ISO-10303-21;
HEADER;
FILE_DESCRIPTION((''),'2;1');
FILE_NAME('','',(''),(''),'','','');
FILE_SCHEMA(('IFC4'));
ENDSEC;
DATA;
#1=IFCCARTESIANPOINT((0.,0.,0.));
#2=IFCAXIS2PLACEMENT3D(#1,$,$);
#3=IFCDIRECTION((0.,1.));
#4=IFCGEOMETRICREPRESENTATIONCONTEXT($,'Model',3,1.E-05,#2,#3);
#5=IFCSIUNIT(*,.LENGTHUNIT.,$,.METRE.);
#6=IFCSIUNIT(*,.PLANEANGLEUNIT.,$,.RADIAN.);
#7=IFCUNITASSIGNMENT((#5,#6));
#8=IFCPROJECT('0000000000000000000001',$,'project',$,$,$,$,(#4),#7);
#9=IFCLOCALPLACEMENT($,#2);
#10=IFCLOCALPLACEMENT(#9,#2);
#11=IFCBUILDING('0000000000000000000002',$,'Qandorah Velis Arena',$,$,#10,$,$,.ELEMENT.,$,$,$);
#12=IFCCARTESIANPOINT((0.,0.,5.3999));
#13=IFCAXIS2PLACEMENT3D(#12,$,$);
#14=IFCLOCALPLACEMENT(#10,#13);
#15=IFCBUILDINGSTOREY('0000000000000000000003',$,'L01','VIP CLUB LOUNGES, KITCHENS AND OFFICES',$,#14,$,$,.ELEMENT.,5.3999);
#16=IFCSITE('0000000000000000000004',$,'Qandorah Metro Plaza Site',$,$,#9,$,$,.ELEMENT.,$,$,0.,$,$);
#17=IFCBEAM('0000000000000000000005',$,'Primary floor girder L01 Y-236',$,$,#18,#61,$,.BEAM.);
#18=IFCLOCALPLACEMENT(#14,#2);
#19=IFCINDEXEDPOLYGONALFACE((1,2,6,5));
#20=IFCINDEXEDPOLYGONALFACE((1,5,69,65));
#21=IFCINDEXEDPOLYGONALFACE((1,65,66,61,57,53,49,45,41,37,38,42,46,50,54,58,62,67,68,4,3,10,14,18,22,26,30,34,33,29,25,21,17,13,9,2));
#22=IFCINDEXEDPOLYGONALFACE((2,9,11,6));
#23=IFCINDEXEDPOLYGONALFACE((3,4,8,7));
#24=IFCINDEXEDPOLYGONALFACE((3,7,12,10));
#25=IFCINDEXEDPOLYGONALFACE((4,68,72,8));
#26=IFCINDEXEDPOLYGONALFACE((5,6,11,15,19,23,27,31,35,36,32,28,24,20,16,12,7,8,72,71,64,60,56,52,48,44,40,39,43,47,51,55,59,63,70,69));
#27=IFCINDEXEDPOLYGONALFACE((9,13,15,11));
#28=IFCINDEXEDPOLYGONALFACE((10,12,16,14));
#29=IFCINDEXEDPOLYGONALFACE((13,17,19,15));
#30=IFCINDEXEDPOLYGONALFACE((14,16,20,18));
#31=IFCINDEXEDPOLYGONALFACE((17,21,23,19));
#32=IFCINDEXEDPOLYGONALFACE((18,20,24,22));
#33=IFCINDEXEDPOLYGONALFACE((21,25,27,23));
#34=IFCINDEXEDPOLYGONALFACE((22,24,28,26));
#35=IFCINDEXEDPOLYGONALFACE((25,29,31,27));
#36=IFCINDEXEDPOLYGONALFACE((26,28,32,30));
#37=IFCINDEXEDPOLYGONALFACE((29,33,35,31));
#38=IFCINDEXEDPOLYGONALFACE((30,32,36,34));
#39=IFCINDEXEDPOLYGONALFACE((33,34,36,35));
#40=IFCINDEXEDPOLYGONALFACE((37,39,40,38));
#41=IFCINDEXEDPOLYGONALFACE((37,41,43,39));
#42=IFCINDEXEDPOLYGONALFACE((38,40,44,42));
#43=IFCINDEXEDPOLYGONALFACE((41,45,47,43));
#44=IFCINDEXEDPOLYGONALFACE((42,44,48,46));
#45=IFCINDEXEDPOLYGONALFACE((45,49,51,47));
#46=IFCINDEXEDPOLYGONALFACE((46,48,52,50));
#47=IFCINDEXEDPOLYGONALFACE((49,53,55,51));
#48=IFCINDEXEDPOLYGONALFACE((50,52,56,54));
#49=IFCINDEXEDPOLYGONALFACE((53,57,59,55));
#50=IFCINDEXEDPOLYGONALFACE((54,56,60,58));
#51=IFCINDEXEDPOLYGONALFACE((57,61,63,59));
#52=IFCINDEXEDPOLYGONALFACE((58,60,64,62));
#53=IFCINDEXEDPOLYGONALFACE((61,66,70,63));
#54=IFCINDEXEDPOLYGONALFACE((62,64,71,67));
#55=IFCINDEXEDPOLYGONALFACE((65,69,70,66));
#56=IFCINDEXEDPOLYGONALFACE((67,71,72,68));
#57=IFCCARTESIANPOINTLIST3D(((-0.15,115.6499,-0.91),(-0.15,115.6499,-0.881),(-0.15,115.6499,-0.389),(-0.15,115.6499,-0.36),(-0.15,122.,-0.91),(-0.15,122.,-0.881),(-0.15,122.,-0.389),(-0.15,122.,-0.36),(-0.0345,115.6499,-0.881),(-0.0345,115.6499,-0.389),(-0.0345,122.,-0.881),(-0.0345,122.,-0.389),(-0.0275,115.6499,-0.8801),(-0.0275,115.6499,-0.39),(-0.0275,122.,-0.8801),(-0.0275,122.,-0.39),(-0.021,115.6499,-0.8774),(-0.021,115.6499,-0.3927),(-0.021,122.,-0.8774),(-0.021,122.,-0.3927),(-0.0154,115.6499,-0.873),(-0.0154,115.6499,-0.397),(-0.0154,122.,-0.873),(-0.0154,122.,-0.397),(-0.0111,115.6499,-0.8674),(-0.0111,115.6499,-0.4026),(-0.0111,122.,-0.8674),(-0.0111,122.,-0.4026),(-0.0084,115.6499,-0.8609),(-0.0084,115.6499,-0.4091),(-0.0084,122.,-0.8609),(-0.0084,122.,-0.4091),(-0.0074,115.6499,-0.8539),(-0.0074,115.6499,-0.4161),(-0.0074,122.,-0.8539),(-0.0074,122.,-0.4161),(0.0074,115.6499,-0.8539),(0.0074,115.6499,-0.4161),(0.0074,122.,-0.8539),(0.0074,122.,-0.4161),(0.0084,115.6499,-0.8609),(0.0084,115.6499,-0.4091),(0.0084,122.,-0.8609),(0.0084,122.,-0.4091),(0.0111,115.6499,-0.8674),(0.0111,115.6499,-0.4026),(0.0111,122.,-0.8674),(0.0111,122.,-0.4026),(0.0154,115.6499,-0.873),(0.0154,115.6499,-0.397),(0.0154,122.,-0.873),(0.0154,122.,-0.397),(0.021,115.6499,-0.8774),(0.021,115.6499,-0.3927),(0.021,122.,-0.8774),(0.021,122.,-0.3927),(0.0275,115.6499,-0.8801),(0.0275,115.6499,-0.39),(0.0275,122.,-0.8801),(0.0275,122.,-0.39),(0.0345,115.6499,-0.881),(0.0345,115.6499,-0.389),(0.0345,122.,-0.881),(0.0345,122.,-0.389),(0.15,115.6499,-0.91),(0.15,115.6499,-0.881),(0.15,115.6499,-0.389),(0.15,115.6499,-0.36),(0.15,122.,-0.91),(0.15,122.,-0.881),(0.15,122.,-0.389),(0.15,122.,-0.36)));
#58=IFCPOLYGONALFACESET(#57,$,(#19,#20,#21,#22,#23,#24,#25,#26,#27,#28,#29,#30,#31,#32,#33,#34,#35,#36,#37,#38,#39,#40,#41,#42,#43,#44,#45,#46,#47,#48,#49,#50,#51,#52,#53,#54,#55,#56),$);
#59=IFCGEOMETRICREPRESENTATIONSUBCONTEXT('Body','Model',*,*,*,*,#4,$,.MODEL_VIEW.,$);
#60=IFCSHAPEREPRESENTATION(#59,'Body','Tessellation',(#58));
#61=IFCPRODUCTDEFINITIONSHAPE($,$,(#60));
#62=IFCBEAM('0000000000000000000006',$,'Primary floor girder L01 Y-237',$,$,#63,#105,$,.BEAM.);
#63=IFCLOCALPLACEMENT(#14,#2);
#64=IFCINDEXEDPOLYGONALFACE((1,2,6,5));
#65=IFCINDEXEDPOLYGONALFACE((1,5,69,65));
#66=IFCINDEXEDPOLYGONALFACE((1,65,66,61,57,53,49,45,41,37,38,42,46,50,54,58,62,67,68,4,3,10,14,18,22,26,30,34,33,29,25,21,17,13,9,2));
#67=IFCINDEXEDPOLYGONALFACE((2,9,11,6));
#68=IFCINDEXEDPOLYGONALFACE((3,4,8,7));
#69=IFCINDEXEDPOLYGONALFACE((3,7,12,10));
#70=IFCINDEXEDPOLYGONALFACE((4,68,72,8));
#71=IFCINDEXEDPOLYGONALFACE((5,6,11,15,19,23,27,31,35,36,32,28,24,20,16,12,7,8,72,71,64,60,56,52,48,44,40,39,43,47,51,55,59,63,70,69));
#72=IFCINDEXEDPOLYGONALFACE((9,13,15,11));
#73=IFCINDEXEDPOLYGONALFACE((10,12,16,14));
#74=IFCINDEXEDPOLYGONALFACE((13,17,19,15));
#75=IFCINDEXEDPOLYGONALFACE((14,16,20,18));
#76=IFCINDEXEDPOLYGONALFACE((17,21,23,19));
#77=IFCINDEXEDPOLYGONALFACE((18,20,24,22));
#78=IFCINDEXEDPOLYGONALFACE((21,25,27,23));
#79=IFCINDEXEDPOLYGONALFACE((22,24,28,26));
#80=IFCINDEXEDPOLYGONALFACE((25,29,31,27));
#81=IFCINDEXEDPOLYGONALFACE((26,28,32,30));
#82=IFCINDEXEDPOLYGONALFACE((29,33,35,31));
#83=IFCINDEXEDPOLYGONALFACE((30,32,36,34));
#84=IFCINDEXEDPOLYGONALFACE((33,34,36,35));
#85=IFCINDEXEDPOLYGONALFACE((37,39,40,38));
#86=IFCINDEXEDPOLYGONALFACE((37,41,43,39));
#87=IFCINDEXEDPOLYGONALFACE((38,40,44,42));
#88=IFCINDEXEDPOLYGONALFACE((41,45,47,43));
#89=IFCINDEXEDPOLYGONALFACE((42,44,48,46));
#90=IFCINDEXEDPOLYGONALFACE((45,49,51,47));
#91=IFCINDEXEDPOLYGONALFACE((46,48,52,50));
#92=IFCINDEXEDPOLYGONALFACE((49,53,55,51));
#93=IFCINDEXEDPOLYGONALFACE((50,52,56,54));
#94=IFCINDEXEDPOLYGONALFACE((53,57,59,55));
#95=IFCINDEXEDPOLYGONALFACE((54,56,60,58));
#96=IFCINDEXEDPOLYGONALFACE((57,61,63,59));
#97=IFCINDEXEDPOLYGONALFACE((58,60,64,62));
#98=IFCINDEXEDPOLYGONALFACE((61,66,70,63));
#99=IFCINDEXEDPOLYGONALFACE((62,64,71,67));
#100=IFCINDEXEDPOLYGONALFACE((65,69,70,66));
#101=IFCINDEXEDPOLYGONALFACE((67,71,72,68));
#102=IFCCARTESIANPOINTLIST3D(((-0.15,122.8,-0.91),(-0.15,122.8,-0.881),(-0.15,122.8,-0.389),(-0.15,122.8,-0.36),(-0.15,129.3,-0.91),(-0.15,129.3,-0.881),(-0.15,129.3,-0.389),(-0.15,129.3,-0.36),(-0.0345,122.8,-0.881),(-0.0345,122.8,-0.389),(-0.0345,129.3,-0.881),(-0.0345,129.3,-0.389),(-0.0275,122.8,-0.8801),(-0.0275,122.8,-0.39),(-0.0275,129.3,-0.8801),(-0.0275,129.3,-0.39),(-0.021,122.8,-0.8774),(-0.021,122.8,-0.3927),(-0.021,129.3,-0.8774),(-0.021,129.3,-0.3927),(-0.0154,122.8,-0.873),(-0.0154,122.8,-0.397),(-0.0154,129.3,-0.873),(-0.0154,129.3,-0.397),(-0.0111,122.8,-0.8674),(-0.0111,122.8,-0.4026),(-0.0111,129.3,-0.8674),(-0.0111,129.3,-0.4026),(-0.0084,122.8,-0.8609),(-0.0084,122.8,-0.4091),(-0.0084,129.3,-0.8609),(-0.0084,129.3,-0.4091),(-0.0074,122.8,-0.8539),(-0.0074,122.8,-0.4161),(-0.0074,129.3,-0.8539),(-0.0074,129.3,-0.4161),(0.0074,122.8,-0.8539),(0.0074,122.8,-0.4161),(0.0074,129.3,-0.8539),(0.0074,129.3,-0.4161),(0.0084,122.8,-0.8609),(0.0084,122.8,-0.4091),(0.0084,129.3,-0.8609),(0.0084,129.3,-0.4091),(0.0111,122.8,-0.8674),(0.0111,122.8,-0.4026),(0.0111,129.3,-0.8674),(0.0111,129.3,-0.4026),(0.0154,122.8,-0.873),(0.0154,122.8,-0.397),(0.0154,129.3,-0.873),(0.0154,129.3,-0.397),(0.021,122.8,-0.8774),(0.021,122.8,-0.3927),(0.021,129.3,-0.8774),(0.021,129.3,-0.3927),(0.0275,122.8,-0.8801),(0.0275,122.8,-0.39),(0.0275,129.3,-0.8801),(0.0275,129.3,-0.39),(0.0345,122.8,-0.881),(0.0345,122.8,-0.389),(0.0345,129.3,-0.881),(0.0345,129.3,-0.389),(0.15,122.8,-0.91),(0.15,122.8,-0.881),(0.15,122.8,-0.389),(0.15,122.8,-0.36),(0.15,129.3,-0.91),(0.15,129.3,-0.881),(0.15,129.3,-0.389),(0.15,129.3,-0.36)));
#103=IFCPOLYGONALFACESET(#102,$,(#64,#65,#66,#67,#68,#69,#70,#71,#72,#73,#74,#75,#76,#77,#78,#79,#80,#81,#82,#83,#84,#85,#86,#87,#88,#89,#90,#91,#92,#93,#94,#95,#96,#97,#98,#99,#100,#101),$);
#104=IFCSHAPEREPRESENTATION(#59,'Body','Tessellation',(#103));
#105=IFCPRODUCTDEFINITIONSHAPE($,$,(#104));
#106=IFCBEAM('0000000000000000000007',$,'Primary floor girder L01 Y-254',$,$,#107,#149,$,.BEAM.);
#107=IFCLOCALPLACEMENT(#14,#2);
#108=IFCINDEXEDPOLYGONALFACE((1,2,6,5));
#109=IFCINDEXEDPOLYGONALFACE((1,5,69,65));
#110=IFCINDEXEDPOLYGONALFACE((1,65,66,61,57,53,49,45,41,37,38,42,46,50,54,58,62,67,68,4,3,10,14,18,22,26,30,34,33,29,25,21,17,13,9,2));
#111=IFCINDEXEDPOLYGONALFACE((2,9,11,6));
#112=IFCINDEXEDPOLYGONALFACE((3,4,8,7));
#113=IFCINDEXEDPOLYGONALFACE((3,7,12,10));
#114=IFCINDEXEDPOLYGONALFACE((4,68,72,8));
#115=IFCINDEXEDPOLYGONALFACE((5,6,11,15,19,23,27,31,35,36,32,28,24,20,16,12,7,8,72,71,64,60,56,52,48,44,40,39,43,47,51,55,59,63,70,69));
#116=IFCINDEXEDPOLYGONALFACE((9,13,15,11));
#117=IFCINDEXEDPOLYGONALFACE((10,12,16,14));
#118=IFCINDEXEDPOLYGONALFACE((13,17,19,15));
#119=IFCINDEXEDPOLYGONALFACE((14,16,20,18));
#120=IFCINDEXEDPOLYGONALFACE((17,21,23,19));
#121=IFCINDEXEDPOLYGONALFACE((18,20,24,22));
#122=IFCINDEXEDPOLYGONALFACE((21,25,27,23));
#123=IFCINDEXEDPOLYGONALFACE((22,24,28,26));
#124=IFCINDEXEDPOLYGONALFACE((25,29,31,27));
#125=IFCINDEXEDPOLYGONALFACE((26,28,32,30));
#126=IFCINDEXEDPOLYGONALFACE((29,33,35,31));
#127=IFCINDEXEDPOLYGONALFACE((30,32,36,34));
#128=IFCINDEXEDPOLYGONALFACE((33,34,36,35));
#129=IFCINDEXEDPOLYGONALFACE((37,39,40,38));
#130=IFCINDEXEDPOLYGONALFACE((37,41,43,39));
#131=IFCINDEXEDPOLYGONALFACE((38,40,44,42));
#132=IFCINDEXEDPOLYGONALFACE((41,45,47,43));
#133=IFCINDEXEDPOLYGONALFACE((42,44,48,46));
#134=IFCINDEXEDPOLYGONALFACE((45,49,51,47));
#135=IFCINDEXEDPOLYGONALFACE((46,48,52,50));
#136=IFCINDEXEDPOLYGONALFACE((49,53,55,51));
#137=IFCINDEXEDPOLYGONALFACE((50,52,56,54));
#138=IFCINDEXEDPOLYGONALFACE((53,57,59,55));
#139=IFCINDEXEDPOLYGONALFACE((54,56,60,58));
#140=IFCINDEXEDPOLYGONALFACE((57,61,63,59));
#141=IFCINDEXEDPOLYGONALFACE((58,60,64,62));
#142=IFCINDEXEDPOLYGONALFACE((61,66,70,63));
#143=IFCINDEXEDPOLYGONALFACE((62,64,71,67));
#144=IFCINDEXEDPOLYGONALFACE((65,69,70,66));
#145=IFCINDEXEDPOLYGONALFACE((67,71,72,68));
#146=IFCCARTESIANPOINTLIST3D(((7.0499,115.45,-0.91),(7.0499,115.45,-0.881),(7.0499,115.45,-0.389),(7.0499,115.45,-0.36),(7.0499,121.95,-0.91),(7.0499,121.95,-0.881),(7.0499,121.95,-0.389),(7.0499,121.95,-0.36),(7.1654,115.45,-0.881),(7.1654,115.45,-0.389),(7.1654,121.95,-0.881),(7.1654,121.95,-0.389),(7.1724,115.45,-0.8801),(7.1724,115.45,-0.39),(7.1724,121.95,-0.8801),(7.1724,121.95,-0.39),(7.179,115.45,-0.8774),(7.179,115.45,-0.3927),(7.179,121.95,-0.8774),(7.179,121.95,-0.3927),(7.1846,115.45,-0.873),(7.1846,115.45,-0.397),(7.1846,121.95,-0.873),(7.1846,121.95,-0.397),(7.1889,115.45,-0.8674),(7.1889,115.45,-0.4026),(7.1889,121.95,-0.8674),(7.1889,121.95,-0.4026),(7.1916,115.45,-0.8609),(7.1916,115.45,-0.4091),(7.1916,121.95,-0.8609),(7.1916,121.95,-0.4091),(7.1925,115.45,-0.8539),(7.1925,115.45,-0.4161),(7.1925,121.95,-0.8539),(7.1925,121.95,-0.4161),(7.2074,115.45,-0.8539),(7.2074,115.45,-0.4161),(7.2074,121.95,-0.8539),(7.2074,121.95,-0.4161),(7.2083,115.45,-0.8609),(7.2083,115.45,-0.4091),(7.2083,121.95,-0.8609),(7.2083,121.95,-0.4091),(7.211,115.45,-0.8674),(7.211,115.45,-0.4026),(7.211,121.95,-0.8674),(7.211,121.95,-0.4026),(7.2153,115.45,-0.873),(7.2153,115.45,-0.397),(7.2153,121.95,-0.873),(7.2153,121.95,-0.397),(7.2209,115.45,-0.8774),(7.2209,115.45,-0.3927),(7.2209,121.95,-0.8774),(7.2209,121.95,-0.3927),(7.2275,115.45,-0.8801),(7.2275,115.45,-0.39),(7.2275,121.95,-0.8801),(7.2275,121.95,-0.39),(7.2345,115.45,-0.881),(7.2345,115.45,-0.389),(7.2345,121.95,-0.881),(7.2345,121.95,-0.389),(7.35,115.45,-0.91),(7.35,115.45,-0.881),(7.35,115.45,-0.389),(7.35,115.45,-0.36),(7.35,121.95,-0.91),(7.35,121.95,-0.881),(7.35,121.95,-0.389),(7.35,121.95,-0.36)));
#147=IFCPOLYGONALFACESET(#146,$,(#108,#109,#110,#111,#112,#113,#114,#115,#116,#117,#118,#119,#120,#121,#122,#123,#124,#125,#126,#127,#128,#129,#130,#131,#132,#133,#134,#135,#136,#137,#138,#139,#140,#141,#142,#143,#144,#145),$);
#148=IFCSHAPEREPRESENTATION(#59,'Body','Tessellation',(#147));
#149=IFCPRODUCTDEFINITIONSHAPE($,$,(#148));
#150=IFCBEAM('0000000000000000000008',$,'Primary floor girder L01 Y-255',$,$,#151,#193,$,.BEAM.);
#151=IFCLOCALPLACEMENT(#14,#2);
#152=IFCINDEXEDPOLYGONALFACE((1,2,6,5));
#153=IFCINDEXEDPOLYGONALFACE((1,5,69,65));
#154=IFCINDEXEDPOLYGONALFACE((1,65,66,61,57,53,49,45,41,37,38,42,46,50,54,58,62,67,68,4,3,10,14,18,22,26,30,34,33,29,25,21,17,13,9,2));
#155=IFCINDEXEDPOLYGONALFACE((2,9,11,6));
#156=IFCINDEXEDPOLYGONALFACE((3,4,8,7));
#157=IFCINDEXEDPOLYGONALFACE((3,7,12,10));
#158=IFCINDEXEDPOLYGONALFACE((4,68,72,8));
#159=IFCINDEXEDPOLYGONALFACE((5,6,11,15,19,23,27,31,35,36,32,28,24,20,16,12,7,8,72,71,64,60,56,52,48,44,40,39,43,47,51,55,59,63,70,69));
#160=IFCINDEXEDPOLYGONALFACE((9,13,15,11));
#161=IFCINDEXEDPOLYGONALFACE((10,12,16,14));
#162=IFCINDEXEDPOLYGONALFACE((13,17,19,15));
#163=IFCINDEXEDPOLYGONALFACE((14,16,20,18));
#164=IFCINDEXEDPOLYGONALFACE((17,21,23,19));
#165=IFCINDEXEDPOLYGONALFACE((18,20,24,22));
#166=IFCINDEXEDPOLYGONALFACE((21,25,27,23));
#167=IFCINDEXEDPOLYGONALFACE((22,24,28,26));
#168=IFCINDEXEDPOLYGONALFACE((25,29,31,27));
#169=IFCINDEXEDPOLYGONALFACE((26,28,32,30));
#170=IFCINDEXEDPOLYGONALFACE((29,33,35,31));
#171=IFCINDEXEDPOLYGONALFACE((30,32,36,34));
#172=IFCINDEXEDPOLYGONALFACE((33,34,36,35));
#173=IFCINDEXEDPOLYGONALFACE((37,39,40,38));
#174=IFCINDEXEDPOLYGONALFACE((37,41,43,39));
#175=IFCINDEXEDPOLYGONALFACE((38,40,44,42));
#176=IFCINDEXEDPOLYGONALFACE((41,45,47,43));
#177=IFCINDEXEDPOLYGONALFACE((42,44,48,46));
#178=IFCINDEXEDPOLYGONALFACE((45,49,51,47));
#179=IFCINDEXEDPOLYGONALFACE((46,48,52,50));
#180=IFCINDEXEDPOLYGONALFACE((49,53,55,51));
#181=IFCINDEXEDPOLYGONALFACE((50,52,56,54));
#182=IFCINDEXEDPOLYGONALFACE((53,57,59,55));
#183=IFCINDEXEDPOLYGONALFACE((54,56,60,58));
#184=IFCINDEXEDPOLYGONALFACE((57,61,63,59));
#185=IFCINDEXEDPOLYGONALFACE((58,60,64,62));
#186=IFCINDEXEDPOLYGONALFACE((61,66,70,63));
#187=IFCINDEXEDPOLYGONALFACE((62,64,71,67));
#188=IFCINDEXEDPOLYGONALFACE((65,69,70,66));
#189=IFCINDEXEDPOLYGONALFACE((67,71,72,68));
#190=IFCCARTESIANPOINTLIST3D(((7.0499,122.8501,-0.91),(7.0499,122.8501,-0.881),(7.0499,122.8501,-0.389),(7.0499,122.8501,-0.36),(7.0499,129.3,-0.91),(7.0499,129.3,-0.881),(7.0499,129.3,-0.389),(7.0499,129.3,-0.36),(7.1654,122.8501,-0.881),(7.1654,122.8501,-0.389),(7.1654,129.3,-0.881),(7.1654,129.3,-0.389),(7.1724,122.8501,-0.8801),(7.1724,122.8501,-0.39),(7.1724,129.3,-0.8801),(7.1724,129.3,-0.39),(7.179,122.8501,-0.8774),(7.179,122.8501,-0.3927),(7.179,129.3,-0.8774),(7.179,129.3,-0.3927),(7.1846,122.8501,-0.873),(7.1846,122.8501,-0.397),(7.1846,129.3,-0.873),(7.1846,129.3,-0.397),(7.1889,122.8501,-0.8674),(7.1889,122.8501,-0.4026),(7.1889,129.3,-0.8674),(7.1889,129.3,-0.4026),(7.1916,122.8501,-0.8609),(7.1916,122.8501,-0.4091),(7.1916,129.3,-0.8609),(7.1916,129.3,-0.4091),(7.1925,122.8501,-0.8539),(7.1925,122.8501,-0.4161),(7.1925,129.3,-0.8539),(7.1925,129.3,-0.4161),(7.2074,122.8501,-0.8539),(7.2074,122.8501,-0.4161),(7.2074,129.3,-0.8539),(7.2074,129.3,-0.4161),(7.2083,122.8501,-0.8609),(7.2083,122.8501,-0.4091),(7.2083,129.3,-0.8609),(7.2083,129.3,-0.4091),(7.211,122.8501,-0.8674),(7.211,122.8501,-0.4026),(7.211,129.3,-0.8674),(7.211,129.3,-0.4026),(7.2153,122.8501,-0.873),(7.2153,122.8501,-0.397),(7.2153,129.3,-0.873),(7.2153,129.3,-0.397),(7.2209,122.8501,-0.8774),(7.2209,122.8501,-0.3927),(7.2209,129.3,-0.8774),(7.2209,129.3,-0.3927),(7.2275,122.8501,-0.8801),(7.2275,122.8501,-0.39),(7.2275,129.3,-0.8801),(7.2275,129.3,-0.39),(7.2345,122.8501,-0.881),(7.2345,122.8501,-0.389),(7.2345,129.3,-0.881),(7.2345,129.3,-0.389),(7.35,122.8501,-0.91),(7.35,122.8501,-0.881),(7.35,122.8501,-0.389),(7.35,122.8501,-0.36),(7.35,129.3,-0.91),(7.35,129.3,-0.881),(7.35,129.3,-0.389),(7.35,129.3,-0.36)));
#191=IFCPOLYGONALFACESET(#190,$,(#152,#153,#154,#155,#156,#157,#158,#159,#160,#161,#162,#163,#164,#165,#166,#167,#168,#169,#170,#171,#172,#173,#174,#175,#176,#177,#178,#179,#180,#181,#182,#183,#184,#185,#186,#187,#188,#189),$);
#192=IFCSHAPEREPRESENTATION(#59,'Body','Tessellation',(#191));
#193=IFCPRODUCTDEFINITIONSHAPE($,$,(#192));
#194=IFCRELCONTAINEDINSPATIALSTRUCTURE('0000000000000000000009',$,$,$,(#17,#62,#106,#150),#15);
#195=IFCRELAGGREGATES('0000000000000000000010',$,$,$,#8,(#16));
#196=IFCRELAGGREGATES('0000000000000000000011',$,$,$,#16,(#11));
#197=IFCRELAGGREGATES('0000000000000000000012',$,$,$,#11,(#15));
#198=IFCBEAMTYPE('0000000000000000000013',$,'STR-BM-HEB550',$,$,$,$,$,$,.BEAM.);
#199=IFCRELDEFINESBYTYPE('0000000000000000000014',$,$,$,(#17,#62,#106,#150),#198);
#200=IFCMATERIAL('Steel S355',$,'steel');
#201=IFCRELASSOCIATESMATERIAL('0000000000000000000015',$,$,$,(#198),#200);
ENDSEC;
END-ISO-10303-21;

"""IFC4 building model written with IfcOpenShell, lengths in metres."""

from ifc_helpers import new_model, si_unit, direction, frame, origin, origin_2d, place, context, subcontext, project, spatial, i_section, extrude, material, material_profile, profile_set, type_object, element, save


model = new_model("IFC4")

# Units and contexts
model_context = context("Model", 3, precision=1e-05, world=origin(), true_north=direction((0.0, 1.0)))
body_context = subcontext(model_context, "Body", "Model", "MODEL_VIEW")
ifc_project = project(units=[si_unit("LENGTHUNIT", "METRE"), si_unit("PLANEANGLEUNIT", "RADIAN")], contexts=[model_context])

# Site, building, storey
site_placement = place(None, origin())
site = spatial("IfcSite", under=ifc_project, at=site_placement, Name="Qandorah Metro Plaza Site", CompositionType="ELEMENT", RefElevation=0.0)
building_placement = place(site_placement, origin())
building = spatial("IfcBuilding", under=site, at=building_placement, Name="Qandorah Velis Arena", CompositionType="ELEMENT")
storey_placement = place(building_placement, frame((0.0, 0.0, 5.3999)))
storey = spatial("IfcBuildingStorey", under=building, at=storey_placement, Name="L01", Description="VIP CLUB LOUNGES, KITCHENS AND OFFICES", CompositionType="ELEMENT", Elevation=5.3999)

# Beams
ifc_material_1 = material(Name="Steel S355", Category="steel")
ifc_material_profile_1 = material_profile(ifc_material_1, i_section(OverallWidth=0.3, OverallDepth=0.55, WebThickness=0.0149, FlangeThickness=0.0291, FilletRadius=0.0271, at=origin_2d()), Name="HEB 550")
ifc_profile_set_1 = profile_set([ifc_material_profile_1], Name="Steel S355")
beam_type_1 = type_object("IfcBeamType", Name="STR-BM-HEB550", PredefinedType="BEAM", material=ifc_profile_set_1)
beam_1_placement = place(storey_placement, frame((0.0, 115.6499, -0.635), z_axis=(0.0, 1.0, 0.0), x_axis=(-1.0, 0.0, 0.0)))
element("IfcBeam", 1, at=beam_1_placement, inside=storey, type_object=beam_type_1, Name="Primary floor girder L01 Y-236", PredefinedType="BEAM", context=body_context, shape_type="SweptSolid", body=[
    extrude(i_section(OverallWidth=0.3, OverallDepth=0.55, WebThickness=0.0149, FlangeThickness=0.0291, FilletRadius=0.0271, at=origin_2d()), origin(), (0.0, 0.0, 1.0), 6.3501),
])
for number, where, z_axis, x_axis, name in (
    (2, (0.0, 122.8, -0.635), (0.0, 1.0, 0.0), (-1.0, 0.0, 0.0), "Primary floor girder L01 Y-237"),
    (3, (7.2, 115.45, -0.635), (0.0, 1.0, 0.0), (-1.0, 0.0, 0.0), "Primary floor girder L01 Y-254"),
):
    element("IfcBeam", number, at=place(storey_placement, frame(where, z_axis=z_axis, x_axis=x_axis)), inside=storey, type_object=beam_type_1, Name=name, PredefinedType="BEAM", context=body_context, shape_type="SweptSolid", body=[
        extrude(i_section(OverallWidth=0.3, OverallDepth=0.55, WebThickness=0.0149, FlangeThickness=0.0291, FilletRadius=0.0271, at=origin_2d()), origin(), (0.0, 0.0, 1.0), 6.5),
    ])
beam_2_placement = place(storey_placement, frame((7.2, 122.8501, -0.635), z_axis=(0.0, 1.0, 0.0), x_axis=(-1.0, 0.0, 0.0)))
element("IfcBeam", 4, at=beam_2_placement, inside=storey, type_object=beam_type_1, Name="Primary floor girder L01 Y-255", PredefinedType="BEAM", context=body_context, shape_type="SweptSolid", body=[
    extrude(i_section(OverallWidth=0.3, OverallDepth=0.55, WebThickness=0.0149, FlangeThickness=0.0291, FilletRadius=0.0271, at=origin_2d()), origin(), (0.0, 0.0, 1.0), 6.45),
])

save(model, "model.ifc")
